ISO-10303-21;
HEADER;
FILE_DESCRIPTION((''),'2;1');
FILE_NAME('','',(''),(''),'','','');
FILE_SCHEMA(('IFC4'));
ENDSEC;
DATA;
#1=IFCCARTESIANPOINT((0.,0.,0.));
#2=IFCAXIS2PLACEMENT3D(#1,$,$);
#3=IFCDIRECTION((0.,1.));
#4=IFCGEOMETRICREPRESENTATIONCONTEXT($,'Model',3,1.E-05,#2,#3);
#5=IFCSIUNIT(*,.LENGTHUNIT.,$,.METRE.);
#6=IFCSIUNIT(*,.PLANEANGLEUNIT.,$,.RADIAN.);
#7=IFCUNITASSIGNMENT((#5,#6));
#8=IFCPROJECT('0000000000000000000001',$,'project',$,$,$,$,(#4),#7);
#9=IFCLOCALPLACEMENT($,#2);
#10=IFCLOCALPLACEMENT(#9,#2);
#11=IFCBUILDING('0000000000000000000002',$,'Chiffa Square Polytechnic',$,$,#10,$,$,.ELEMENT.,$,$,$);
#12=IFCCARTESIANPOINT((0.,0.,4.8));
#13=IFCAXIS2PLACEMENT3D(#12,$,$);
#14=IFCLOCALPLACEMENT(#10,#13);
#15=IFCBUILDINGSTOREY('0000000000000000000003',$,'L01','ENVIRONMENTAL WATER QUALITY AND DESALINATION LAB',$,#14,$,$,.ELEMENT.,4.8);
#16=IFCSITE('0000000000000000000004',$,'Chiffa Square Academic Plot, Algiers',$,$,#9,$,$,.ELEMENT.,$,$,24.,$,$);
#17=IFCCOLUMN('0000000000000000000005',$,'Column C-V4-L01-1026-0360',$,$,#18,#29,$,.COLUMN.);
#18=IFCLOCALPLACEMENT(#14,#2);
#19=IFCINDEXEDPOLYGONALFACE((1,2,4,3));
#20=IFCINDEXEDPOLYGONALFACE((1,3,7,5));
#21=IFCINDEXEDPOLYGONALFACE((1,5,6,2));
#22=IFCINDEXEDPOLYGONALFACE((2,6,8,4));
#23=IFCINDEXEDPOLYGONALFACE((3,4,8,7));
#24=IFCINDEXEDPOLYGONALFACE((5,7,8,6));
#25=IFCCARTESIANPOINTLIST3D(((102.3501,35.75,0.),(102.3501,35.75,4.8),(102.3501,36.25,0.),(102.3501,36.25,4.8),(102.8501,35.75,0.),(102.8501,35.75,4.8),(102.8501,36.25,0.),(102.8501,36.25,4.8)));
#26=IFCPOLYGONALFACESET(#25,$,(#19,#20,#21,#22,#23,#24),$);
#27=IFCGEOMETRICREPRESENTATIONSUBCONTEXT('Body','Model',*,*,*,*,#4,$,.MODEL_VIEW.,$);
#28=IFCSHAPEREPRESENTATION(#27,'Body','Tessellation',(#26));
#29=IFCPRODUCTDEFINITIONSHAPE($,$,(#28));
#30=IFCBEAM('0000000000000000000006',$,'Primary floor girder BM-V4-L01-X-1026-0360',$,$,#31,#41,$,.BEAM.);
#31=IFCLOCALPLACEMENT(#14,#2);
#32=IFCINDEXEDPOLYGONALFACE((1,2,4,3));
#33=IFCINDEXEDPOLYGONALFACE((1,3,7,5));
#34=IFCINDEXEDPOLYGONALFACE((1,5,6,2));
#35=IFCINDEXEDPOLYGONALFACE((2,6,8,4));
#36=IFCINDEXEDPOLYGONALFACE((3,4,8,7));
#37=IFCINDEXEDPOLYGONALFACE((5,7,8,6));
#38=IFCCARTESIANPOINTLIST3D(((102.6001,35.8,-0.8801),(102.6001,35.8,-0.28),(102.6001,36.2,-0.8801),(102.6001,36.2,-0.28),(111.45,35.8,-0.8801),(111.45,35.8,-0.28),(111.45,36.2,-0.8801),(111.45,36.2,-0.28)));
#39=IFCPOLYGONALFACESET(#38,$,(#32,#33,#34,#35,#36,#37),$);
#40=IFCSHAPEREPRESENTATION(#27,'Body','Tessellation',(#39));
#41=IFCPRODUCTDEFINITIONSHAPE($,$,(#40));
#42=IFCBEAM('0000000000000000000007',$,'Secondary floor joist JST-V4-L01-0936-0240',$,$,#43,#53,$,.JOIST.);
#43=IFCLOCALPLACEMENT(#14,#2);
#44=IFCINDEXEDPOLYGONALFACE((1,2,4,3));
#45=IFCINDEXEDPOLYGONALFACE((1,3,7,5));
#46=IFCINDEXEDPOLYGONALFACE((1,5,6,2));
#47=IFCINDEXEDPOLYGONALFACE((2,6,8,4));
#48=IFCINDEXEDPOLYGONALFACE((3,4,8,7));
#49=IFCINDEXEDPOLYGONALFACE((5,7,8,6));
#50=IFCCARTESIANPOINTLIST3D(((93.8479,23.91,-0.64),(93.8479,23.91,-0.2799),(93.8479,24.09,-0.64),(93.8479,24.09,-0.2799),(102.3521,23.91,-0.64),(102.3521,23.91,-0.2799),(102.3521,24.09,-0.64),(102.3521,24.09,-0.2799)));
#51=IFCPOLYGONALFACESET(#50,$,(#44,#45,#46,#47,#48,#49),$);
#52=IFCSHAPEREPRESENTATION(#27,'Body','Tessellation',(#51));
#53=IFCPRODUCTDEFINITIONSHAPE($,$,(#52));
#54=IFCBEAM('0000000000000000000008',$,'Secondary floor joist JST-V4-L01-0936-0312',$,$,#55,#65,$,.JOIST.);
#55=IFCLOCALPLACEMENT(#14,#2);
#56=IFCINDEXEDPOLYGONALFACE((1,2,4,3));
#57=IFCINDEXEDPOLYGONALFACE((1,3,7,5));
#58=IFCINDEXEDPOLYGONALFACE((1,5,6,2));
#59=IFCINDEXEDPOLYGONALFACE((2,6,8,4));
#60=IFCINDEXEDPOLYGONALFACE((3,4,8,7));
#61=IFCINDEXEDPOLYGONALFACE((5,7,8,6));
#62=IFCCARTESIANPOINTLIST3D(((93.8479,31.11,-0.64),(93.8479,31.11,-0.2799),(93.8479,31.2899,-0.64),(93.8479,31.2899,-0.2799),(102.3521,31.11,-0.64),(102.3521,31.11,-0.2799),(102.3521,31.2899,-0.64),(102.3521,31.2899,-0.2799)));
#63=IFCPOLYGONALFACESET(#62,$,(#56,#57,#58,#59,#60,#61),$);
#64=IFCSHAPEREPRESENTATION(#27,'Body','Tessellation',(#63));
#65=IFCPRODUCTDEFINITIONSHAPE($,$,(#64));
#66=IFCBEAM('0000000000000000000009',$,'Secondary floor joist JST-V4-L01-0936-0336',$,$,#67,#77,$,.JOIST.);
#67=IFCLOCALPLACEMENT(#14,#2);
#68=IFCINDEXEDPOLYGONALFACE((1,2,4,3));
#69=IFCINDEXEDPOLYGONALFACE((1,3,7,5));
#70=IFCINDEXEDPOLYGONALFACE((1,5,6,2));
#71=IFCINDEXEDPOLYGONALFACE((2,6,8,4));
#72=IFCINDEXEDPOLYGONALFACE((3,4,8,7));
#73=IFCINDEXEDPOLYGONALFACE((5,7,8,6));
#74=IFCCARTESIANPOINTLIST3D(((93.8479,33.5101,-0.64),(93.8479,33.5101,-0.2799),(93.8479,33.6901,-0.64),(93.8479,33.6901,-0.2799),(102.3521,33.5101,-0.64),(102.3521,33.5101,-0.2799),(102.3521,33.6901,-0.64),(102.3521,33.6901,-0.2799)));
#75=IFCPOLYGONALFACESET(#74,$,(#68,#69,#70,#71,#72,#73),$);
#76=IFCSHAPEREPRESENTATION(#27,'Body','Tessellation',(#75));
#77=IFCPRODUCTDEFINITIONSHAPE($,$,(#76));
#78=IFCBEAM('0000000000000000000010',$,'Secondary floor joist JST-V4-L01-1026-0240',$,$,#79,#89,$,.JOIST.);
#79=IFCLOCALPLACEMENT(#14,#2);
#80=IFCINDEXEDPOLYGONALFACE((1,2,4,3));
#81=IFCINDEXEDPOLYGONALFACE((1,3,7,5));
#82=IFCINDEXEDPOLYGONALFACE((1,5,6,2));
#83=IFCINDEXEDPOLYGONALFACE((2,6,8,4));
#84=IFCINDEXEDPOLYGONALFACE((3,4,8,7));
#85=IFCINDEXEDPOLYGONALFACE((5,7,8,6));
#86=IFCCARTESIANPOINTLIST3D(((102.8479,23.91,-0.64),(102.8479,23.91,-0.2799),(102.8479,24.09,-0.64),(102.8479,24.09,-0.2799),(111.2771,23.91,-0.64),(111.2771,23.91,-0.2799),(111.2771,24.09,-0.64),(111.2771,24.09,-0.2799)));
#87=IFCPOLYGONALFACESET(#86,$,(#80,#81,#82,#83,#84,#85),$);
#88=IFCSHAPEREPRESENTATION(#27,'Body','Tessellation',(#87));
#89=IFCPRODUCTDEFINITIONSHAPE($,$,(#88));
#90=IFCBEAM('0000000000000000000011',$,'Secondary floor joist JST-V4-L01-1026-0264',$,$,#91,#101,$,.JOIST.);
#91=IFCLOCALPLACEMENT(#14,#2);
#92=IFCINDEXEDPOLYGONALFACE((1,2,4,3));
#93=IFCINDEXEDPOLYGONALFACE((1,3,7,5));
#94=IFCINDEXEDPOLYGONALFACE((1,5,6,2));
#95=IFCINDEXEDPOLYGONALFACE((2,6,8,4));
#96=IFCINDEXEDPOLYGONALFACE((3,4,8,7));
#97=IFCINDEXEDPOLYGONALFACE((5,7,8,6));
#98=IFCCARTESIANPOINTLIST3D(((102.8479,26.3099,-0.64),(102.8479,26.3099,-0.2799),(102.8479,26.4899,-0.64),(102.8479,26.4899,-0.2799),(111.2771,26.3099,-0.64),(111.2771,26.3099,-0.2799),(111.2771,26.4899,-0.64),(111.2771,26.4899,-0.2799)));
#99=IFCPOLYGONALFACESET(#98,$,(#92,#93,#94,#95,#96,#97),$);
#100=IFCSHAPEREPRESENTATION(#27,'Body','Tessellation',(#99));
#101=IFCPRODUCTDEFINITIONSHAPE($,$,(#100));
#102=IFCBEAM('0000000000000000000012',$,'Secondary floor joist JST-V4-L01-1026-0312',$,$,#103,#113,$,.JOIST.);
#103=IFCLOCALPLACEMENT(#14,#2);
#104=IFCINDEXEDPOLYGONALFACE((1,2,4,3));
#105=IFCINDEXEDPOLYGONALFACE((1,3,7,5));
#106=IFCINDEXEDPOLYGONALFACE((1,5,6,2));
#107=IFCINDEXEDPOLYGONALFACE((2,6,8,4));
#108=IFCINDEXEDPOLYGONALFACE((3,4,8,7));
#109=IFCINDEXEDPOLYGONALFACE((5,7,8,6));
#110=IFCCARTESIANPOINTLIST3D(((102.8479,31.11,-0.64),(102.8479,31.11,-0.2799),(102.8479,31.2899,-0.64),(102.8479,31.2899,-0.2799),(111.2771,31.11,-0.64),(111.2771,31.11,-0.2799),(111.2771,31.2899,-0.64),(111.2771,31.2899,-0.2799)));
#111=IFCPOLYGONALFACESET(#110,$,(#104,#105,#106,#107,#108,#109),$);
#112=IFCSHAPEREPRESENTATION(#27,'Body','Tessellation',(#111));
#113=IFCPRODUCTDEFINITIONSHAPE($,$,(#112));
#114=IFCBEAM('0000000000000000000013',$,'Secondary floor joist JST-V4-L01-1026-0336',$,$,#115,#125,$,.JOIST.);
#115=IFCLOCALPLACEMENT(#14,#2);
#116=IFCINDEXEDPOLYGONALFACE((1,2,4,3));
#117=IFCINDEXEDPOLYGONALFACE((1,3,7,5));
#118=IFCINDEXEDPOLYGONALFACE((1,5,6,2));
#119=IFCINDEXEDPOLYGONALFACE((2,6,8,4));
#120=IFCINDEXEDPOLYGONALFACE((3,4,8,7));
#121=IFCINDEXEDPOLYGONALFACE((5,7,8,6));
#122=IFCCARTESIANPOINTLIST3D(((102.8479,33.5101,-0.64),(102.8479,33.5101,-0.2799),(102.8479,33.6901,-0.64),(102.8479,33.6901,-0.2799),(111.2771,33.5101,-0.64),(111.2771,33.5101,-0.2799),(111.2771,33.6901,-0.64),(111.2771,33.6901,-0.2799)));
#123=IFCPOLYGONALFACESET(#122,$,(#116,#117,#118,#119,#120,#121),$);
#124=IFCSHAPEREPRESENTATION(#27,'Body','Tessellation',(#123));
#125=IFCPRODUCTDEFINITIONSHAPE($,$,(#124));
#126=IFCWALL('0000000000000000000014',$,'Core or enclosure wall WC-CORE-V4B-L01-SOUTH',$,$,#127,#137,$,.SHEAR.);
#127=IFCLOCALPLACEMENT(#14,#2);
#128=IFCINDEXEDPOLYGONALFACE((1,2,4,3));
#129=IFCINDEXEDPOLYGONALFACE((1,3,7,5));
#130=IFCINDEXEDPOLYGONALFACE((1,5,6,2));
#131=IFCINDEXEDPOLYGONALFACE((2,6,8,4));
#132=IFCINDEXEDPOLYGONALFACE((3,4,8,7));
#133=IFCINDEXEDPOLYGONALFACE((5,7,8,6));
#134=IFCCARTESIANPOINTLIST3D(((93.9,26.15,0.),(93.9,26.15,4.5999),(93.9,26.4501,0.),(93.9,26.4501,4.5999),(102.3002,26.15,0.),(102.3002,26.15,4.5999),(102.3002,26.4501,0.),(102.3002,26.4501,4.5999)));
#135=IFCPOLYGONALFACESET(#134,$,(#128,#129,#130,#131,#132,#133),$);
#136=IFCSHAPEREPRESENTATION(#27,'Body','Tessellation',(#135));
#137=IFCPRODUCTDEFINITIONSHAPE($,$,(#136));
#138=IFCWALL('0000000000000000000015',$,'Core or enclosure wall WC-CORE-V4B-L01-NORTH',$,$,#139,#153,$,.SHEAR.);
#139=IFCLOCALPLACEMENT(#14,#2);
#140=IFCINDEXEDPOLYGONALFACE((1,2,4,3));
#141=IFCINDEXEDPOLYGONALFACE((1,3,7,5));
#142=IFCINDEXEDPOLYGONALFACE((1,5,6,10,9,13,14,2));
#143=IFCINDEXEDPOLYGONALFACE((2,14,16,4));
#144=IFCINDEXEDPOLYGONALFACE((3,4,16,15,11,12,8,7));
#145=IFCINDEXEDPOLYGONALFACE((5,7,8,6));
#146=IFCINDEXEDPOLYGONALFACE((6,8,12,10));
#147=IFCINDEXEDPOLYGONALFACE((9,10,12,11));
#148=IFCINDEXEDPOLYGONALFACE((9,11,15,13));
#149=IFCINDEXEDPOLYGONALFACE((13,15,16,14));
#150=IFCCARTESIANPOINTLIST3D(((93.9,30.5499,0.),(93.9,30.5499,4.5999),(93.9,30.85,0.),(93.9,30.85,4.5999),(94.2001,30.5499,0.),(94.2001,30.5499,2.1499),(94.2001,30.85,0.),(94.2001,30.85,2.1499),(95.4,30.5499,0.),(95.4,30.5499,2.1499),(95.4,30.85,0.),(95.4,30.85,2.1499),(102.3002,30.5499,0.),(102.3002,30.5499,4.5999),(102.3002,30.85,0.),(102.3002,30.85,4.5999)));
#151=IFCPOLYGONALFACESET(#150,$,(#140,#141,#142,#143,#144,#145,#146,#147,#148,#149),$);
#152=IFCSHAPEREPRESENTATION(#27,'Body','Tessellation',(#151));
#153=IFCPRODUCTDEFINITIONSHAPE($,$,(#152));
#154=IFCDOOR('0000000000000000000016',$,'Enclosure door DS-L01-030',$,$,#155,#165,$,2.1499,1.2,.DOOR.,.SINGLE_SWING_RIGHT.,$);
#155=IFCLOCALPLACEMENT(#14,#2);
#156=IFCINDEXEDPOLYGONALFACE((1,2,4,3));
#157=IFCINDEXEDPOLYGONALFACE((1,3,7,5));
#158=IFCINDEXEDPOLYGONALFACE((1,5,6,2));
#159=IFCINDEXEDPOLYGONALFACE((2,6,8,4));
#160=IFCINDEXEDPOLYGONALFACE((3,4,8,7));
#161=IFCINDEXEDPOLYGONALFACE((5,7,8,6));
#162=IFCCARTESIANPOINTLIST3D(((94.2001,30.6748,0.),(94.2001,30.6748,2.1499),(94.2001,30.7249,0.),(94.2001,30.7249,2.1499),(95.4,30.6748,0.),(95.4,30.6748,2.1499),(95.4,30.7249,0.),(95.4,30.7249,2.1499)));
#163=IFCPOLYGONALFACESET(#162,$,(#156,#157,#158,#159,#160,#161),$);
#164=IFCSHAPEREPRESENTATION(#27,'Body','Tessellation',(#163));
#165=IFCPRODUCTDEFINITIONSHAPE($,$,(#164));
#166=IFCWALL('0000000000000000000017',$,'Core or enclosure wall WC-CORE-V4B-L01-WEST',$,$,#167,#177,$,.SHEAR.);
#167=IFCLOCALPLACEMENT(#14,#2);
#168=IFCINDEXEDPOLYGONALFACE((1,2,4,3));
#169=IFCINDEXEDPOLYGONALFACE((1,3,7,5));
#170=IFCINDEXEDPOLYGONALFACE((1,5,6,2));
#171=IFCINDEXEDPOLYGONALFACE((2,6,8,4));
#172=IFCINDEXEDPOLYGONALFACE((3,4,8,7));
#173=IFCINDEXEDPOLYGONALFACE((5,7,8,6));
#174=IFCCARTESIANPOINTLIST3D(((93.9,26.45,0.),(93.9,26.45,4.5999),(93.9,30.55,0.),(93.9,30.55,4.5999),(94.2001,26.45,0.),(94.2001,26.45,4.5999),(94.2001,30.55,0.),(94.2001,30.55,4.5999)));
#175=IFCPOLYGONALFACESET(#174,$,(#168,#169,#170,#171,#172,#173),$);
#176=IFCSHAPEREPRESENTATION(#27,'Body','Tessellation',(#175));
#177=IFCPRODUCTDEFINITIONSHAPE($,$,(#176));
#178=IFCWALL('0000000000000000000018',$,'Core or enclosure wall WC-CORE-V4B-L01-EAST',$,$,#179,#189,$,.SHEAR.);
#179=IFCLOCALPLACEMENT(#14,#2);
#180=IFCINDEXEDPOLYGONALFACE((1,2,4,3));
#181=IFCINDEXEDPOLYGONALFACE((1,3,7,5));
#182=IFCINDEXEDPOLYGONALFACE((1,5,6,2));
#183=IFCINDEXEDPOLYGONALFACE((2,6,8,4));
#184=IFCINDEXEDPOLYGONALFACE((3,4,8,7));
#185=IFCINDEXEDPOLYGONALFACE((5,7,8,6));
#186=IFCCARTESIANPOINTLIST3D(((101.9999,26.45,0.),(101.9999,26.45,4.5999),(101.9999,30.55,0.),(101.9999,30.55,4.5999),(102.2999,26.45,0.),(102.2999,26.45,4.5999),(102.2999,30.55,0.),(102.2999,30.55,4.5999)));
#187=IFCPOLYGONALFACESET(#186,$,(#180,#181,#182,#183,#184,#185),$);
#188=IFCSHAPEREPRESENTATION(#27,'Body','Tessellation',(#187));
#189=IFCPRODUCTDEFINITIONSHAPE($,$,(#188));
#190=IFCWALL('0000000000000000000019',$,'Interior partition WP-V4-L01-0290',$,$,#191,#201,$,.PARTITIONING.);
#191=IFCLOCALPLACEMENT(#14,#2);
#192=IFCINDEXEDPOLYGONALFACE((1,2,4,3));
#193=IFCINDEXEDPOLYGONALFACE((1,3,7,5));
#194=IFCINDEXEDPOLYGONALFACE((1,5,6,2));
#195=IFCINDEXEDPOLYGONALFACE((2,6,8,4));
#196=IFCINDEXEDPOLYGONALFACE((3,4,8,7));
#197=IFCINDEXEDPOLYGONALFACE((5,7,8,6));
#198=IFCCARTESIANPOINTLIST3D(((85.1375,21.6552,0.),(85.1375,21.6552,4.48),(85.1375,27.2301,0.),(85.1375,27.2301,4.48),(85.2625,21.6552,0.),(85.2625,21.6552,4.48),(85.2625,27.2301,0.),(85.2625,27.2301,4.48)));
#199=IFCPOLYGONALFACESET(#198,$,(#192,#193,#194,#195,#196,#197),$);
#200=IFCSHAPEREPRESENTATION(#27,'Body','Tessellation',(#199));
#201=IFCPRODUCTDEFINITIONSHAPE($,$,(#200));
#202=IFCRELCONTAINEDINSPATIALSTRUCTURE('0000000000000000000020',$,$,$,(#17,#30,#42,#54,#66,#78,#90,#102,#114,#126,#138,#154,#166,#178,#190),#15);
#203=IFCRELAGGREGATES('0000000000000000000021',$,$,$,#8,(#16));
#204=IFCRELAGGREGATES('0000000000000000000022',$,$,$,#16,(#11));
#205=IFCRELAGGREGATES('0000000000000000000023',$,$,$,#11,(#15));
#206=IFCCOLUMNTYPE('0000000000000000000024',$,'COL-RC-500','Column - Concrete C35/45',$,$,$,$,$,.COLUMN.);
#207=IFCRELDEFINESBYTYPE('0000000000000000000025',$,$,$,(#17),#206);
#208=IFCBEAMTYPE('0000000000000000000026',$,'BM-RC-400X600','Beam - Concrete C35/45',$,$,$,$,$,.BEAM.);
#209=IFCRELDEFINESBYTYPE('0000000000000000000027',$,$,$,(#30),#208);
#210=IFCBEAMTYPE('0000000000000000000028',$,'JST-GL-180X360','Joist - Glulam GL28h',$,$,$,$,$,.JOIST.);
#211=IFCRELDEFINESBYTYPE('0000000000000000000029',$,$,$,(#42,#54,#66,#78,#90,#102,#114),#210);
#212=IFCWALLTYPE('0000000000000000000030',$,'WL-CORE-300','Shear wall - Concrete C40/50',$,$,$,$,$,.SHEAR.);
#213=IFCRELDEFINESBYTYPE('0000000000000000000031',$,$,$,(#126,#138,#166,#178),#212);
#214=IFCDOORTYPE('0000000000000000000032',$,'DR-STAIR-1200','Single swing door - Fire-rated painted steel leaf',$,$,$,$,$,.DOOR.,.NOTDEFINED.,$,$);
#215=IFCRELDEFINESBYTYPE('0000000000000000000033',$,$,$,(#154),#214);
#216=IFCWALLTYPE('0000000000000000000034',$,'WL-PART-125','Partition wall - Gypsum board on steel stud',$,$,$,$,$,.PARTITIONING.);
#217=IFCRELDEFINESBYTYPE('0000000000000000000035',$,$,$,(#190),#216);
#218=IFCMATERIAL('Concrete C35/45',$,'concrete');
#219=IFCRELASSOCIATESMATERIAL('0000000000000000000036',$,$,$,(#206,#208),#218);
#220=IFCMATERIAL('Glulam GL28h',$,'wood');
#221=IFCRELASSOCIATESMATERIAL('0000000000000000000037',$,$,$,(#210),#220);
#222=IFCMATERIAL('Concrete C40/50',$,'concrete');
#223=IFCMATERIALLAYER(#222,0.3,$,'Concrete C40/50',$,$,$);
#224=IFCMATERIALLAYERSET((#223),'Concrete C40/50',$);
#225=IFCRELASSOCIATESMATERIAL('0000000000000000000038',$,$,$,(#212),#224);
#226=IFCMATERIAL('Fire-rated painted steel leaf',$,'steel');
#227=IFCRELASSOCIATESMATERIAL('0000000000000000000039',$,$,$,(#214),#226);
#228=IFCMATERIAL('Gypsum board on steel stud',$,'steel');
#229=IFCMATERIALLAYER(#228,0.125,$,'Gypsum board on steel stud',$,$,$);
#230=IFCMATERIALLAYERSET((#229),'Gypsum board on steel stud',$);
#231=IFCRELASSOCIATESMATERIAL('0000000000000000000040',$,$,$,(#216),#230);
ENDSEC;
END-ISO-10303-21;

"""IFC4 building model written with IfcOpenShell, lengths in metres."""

from ifc_helpers import new_model, si_unit, direction, frame, frame_2d, origin, origin_2d, place, context, subcontext, project, spatial, rectangle, extrude, material, layer, layer_set, material_profile, profile_set, type_object, element, fill, save


model = new_model("IFC4")

# Units and contexts
model_context = context("Model", 3, precision=1e-05, world=origin(), true_north=direction((0.0, 1.0)))
body_context = subcontext(model_context, "Body", "Model", "MODEL_VIEW")
ifc_project = project(units=[si_unit("LENGTHUNIT", "METRE"), si_unit("PLANEANGLEUNIT", "RADIAN")], contexts=[model_context])

# Site, building, storey
site_placement = place(None, origin())
site = spatial("IfcSite", under=ifc_project, at=site_placement, Name="Chiffa Square Academic Plot, Algiers", CompositionType="ELEMENT", RefElevation=24.0)
building_placement = place(site_placement, origin())
building = spatial("IfcBuilding", under=site, at=building_placement, Name="Chiffa Square Polytechnic", CompositionType="ELEMENT")
storey_placement = place(building_placement, frame((0.0, 0.0, 4.8)))
storey = spatial("IfcBuildingStorey", under=building, at=storey_placement, Name="L01", Description="ENVIRONMENTAL WATER QUALITY AND DESALINATION LAB", CompositionType="ELEMENT", Elevation=4.8)

# Column
ifc_material_1 = material(Name="Concrete C35/45", Category="concrete")
ifc_material_profile_1 = material_profile(ifc_material_1, rectangle(XDim=0.5, YDim=0.5, at=origin_2d()), Name="RC 500x500")
ifc_profile_set_1 = profile_set([ifc_material_profile_1], Name="Concrete C35/45")
column_type = type_object("IfcColumnType", Name="COL-RC-500", Description="Column - Concrete C35/45", PredefinedType="COLUMN", material=ifc_profile_set_1)
column_placement = place(storey_placement, frame((102.6001, 36.0, 0.0), z_axis=(0.0, 0.0, 1.0), x_axis=(1.0, 0.0, 0.0)))
element("IfcColumn", 1, at=column_placement, inside=storey, type_object=column_type, Name="Column C-V4-L01-1026-0360", PredefinedType="COLUMN", context=body_context, shape_type="SweptSolid", body=[
    extrude(rectangle(XDim=0.5, YDim=0.5, at=origin_2d()), origin(), (0.0, 0.0, 1.0), 4.8),
])

# Beams
ifc_material_profile_2 = material_profile(ifc_material_1, rectangle(XDim=0.3999, YDim=0.6001, at=origin_2d()), Name="RC 400x600")
ifc_profile_set_2 = profile_set([ifc_material_profile_2], Name="Concrete C35/45")
beam_type_1 = type_object("IfcBeamType", Name="BM-RC-400X600", Description="Beam - Concrete C35/45", PredefinedType="BEAM", material=ifc_profile_set_2)
beam_placement = place(storey_placement, frame((102.6001, 36.0, -0.5801), z_axis=(1.0, 0.0, 0.0), x_axis=(0.0, 1.0, 0.0)))
element("IfcBeam", 2, at=beam_placement, inside=storey, type_object=beam_type_1, Name="Primary floor girder BM-V4-L01-X-1026-0360", PredefinedType="BEAM", context=body_context, shape_type="SweptSolid", body=[
    extrude(rectangle(XDim=0.3999, YDim=0.6001, at=origin_2d()), origin(), (0.0, 0.0, 1.0), 8.8499),
])
ifc_material_2 = material(Name="Glulam GL28h", Category="wood")
ifc_material_profile_3 = material_profile(ifc_material_2, rectangle(XDim=0.1799, YDim=0.3601, at=origin_2d()), Name="GL28h 180x360")
ifc_profile_set_3 = profile_set([ifc_material_profile_3], Name="Glulam GL28h")
beam_type_2 = type_object("IfcBeamType", Name="JST-GL-180X360", Description="Joist - Glulam GL28h", PredefinedType="JOIST", material=ifc_profile_set_3)
for number, where, z_axis, x_axis, name in (
    (3, (93.8479, 24.0, -0.46), (1.0, 0.0, 0.0), (0.0, 1.0, 0.0), "Secondary floor joist JST-V4-L01-0936-0240"),
    (4, (93.8479, 31.2, -0.46), (1.0, 0.0, 0.0), (0.0, 1.0, 0.0), "Secondary floor joist JST-V4-L01-0936-0312"),
    (5, (93.8479, 33.6001, -0.46), (1.0, 0.0, 0.0), (0.0, 1.0, 0.0), "Secondary floor joist JST-V4-L01-0936-0336"),
):
    element("IfcBeam", number, at=place(storey_placement, frame(where, z_axis=z_axis, x_axis=x_axis)), inside=storey, type_object=beam_type_2, Name=name, PredefinedType="JOIST", context=body_context, shape_type="SweptSolid", body=[
        extrude(rectangle(XDim=0.1799, YDim=0.3601, at=origin_2d()), origin(), (0.0, 0.0, 1.0), 8.5042),
    ])
for number, where, z_axis, x_axis, name in (
    (6, (102.8479, 24.0, -0.46), (1.0, 0.0, 0.0), (0.0, 1.0, 0.0), "Secondary floor joist JST-V4-L01-1026-0240"),
    (7, (102.8479, 26.3999, -0.46), (1.0, 0.0, 0.0), (0.0, 1.0, 0.0), "Secondary floor joist JST-V4-L01-1026-0264"),
    (8, (102.8479, 31.2, -0.46), (1.0, 0.0, 0.0), (0.0, 1.0, 0.0), "Secondary floor joist JST-V4-L01-1026-0312"),
    (9, (102.8479, 33.6001, -0.46), (1.0, 0.0, 0.0), (0.0, 1.0, 0.0), "Secondary floor joist JST-V4-L01-1026-0336"),
):
    element("IfcBeam", number, at=place(storey_placement, frame(where, z_axis=z_axis, x_axis=x_axis)), inside=storey, type_object=beam_type_2, Name=name, PredefinedType="JOIST", context=body_context, shape_type="SweptSolid", body=[
        extrude(rectangle(XDim=0.1799, YDim=0.3601, at=origin_2d()), origin(), (0.0, 0.0, 1.0), 8.4292),
    ])

# Wall
ifc_material_3 = material(Name="Concrete C40/50", Category="concrete")
ifc_layer_1 = layer(ifc_material_3, 0.3, Name="Concrete C40/50")
ifc_layer_set_1 = layer_set([ifc_layer_1], Name="Concrete C40/50")
wall_type_1 = type_object("IfcWallType", Name="WL-CORE-300", Description="Shear wall - Concrete C40/50", PredefinedType="SHEAR", material=ifc_layer_set_1)
wall_1_placement = place(storey_placement, frame((93.8999, 26.3, 0.0), z_axis=(0.0, 0.0, 1.0), x_axis=(1.0, 0.0, 0.0)))
element("IfcWall", 10, at=wall_1_placement, inside=storey, type_object=wall_type_1, Name="Core or enclosure wall WC-CORE-V4B-L01-SOUTH", PredefinedType="SHEAR", context=body_context, shape_type="SweptSolid", body=[
    extrude(rectangle(XDim=8.4001, YDim=0.3, at=frame_2d((4.2002, 0.0))), origin(), (0.0, 0.0, 1.0), 4.5999),
])

# Wall, opening, door
wall_2_placement = place(storey_placement, frame((93.8999, 30.7, 0.0), z_axis=(0.0, 0.0, 1.0), x_axis=(1.0, 0.0, 0.0)))
wall_2 = element("IfcWall", 11, at=wall_2_placement, inside=storey, type_object=wall_type_1, Name="Core or enclosure wall WC-CORE-V4B-L01-NORTH", PredefinedType="SHEAR", context=body_context, shape_type="SweptSolid", body=[
    extrude(rectangle(XDim=8.4001, YDim=0.3, at=frame_2d((4.2002, 0.0))), origin(), (0.0, 0.0, 1.0), 4.5999),
])
opening_1_placement = place(wall_2_placement, frame((0.3, 0.0, 0.0)))
opening_1 = element("IfcOpeningElement", 12, at=opening_1_placement, cuts=wall_2, PredefinedType="OPENING", context=body_context, shape_type="SweptSolid", body=[
    extrude(rectangle(XDim=1.2, YDim=2.1499, at=frame_2d((0.6001, 1.075))), frame((0.0, 0.1602, 0.0), z_axis=(0.0, -1.0, 0.0), x_axis=(1.0, 0.0, 0.0)), (0.0, 0.0, 1.0), 0.3201),
])
ifc_material_4 = material(Name="Fire-rated painted steel leaf", Category="steel")
door_type_1 = type_object("IfcDoorType", Name="DR-STAIR-1200", Description="Single swing door - Fire-rated painted steel leaf", OperationType="NOTDEFINED", PredefinedType="DOOR", material=ifc_material_4)
door_1_placement = place(opening_1_placement, origin())
door_1 = element("IfcDoor", 13, at=door_1_placement, inside=storey, type_object=door_type_1, Name="Enclosure door DS-L01-030", OperationType="SINGLE_SWING_RIGHT", OverallHeight=2.1499, OverallWidth=1.2, PredefinedType="DOOR", context=body_context, shape_type="SweptSolid", body=[
    extrude(rectangle(XDim=1.2, YDim=2.1499, at=frame_2d((0.6001, 1.075))), frame((0.0, 0.0249, 0.0), z_axis=(0.0, -1.0, 0.0), x_axis=(1.0, 0.0, 0.0)), (0.0, 0.0, 1.0), 0.05),
])
fill(opening_1, door_1)

# Walls
for number, where, z_axis, x_axis, name in (
    (14, (94.05, 26.45, 0.0), (0.0, 0.0, 1.0), (0.0, 1.0, 0.0), "Core or enclosure wall WC-CORE-V4B-L01-WEST"),
    (15, (102.1499, 26.45, 0.0), (0.0, 0.0, 1.0), (0.0, 1.0, 0.0), "Core or enclosure wall WC-CORE-V4B-L01-EAST"),
):
    element("IfcWall", number, at=place(storey_placement, frame(where, z_axis=z_axis, x_axis=x_axis)), inside=storey, type_object=wall_type_1, Name=name, PredefinedType="SHEAR", context=body_context, shape_type="SweptSolid", body=[
        extrude(rectangle(XDim=4.1001, YDim=0.3, at=frame_2d((2.05, 0.0))), origin(), (0.0, 0.0, 1.0), 4.5999),
    ])
ifc_material_5 = material(Name="Gypsum board on steel stud", Category="steel")
ifc_layer_2 = layer(ifc_material_5, 0.125, Name="Gypsum board on steel stud")
ifc_layer_set_2 = layer_set([ifc_layer_2], Name="Gypsum board on steel stud")
wall_type_2 = type_object("IfcWallType", Name="WL-PART-125", Description="Partition wall - Gypsum board on steel stud", PredefinedType="PARTITIONING", material=ifc_layer_set_2)
wall_3_placement = place(storey_placement, frame((85.2, 21.655, 0.0), z_axis=(0.0, 0.0, 1.0), x_axis=(0.0, 1.0, 0.0)))
element("IfcWall", 16, at=wall_3_placement, inside=storey, type_object=wall_type_2, Name="Interior partition WP-V4-L01-0290", PredefinedType="PARTITIONING", context=body_context, shape_type="SweptSolid", body=[
    extrude(rectangle(XDim=5.575, YDim=0.125, at=frame_2d((2.7876, 0.0))), origin(), (0.0, 0.0, 1.0), 4.48),
])

save(model, "model.ifc")
